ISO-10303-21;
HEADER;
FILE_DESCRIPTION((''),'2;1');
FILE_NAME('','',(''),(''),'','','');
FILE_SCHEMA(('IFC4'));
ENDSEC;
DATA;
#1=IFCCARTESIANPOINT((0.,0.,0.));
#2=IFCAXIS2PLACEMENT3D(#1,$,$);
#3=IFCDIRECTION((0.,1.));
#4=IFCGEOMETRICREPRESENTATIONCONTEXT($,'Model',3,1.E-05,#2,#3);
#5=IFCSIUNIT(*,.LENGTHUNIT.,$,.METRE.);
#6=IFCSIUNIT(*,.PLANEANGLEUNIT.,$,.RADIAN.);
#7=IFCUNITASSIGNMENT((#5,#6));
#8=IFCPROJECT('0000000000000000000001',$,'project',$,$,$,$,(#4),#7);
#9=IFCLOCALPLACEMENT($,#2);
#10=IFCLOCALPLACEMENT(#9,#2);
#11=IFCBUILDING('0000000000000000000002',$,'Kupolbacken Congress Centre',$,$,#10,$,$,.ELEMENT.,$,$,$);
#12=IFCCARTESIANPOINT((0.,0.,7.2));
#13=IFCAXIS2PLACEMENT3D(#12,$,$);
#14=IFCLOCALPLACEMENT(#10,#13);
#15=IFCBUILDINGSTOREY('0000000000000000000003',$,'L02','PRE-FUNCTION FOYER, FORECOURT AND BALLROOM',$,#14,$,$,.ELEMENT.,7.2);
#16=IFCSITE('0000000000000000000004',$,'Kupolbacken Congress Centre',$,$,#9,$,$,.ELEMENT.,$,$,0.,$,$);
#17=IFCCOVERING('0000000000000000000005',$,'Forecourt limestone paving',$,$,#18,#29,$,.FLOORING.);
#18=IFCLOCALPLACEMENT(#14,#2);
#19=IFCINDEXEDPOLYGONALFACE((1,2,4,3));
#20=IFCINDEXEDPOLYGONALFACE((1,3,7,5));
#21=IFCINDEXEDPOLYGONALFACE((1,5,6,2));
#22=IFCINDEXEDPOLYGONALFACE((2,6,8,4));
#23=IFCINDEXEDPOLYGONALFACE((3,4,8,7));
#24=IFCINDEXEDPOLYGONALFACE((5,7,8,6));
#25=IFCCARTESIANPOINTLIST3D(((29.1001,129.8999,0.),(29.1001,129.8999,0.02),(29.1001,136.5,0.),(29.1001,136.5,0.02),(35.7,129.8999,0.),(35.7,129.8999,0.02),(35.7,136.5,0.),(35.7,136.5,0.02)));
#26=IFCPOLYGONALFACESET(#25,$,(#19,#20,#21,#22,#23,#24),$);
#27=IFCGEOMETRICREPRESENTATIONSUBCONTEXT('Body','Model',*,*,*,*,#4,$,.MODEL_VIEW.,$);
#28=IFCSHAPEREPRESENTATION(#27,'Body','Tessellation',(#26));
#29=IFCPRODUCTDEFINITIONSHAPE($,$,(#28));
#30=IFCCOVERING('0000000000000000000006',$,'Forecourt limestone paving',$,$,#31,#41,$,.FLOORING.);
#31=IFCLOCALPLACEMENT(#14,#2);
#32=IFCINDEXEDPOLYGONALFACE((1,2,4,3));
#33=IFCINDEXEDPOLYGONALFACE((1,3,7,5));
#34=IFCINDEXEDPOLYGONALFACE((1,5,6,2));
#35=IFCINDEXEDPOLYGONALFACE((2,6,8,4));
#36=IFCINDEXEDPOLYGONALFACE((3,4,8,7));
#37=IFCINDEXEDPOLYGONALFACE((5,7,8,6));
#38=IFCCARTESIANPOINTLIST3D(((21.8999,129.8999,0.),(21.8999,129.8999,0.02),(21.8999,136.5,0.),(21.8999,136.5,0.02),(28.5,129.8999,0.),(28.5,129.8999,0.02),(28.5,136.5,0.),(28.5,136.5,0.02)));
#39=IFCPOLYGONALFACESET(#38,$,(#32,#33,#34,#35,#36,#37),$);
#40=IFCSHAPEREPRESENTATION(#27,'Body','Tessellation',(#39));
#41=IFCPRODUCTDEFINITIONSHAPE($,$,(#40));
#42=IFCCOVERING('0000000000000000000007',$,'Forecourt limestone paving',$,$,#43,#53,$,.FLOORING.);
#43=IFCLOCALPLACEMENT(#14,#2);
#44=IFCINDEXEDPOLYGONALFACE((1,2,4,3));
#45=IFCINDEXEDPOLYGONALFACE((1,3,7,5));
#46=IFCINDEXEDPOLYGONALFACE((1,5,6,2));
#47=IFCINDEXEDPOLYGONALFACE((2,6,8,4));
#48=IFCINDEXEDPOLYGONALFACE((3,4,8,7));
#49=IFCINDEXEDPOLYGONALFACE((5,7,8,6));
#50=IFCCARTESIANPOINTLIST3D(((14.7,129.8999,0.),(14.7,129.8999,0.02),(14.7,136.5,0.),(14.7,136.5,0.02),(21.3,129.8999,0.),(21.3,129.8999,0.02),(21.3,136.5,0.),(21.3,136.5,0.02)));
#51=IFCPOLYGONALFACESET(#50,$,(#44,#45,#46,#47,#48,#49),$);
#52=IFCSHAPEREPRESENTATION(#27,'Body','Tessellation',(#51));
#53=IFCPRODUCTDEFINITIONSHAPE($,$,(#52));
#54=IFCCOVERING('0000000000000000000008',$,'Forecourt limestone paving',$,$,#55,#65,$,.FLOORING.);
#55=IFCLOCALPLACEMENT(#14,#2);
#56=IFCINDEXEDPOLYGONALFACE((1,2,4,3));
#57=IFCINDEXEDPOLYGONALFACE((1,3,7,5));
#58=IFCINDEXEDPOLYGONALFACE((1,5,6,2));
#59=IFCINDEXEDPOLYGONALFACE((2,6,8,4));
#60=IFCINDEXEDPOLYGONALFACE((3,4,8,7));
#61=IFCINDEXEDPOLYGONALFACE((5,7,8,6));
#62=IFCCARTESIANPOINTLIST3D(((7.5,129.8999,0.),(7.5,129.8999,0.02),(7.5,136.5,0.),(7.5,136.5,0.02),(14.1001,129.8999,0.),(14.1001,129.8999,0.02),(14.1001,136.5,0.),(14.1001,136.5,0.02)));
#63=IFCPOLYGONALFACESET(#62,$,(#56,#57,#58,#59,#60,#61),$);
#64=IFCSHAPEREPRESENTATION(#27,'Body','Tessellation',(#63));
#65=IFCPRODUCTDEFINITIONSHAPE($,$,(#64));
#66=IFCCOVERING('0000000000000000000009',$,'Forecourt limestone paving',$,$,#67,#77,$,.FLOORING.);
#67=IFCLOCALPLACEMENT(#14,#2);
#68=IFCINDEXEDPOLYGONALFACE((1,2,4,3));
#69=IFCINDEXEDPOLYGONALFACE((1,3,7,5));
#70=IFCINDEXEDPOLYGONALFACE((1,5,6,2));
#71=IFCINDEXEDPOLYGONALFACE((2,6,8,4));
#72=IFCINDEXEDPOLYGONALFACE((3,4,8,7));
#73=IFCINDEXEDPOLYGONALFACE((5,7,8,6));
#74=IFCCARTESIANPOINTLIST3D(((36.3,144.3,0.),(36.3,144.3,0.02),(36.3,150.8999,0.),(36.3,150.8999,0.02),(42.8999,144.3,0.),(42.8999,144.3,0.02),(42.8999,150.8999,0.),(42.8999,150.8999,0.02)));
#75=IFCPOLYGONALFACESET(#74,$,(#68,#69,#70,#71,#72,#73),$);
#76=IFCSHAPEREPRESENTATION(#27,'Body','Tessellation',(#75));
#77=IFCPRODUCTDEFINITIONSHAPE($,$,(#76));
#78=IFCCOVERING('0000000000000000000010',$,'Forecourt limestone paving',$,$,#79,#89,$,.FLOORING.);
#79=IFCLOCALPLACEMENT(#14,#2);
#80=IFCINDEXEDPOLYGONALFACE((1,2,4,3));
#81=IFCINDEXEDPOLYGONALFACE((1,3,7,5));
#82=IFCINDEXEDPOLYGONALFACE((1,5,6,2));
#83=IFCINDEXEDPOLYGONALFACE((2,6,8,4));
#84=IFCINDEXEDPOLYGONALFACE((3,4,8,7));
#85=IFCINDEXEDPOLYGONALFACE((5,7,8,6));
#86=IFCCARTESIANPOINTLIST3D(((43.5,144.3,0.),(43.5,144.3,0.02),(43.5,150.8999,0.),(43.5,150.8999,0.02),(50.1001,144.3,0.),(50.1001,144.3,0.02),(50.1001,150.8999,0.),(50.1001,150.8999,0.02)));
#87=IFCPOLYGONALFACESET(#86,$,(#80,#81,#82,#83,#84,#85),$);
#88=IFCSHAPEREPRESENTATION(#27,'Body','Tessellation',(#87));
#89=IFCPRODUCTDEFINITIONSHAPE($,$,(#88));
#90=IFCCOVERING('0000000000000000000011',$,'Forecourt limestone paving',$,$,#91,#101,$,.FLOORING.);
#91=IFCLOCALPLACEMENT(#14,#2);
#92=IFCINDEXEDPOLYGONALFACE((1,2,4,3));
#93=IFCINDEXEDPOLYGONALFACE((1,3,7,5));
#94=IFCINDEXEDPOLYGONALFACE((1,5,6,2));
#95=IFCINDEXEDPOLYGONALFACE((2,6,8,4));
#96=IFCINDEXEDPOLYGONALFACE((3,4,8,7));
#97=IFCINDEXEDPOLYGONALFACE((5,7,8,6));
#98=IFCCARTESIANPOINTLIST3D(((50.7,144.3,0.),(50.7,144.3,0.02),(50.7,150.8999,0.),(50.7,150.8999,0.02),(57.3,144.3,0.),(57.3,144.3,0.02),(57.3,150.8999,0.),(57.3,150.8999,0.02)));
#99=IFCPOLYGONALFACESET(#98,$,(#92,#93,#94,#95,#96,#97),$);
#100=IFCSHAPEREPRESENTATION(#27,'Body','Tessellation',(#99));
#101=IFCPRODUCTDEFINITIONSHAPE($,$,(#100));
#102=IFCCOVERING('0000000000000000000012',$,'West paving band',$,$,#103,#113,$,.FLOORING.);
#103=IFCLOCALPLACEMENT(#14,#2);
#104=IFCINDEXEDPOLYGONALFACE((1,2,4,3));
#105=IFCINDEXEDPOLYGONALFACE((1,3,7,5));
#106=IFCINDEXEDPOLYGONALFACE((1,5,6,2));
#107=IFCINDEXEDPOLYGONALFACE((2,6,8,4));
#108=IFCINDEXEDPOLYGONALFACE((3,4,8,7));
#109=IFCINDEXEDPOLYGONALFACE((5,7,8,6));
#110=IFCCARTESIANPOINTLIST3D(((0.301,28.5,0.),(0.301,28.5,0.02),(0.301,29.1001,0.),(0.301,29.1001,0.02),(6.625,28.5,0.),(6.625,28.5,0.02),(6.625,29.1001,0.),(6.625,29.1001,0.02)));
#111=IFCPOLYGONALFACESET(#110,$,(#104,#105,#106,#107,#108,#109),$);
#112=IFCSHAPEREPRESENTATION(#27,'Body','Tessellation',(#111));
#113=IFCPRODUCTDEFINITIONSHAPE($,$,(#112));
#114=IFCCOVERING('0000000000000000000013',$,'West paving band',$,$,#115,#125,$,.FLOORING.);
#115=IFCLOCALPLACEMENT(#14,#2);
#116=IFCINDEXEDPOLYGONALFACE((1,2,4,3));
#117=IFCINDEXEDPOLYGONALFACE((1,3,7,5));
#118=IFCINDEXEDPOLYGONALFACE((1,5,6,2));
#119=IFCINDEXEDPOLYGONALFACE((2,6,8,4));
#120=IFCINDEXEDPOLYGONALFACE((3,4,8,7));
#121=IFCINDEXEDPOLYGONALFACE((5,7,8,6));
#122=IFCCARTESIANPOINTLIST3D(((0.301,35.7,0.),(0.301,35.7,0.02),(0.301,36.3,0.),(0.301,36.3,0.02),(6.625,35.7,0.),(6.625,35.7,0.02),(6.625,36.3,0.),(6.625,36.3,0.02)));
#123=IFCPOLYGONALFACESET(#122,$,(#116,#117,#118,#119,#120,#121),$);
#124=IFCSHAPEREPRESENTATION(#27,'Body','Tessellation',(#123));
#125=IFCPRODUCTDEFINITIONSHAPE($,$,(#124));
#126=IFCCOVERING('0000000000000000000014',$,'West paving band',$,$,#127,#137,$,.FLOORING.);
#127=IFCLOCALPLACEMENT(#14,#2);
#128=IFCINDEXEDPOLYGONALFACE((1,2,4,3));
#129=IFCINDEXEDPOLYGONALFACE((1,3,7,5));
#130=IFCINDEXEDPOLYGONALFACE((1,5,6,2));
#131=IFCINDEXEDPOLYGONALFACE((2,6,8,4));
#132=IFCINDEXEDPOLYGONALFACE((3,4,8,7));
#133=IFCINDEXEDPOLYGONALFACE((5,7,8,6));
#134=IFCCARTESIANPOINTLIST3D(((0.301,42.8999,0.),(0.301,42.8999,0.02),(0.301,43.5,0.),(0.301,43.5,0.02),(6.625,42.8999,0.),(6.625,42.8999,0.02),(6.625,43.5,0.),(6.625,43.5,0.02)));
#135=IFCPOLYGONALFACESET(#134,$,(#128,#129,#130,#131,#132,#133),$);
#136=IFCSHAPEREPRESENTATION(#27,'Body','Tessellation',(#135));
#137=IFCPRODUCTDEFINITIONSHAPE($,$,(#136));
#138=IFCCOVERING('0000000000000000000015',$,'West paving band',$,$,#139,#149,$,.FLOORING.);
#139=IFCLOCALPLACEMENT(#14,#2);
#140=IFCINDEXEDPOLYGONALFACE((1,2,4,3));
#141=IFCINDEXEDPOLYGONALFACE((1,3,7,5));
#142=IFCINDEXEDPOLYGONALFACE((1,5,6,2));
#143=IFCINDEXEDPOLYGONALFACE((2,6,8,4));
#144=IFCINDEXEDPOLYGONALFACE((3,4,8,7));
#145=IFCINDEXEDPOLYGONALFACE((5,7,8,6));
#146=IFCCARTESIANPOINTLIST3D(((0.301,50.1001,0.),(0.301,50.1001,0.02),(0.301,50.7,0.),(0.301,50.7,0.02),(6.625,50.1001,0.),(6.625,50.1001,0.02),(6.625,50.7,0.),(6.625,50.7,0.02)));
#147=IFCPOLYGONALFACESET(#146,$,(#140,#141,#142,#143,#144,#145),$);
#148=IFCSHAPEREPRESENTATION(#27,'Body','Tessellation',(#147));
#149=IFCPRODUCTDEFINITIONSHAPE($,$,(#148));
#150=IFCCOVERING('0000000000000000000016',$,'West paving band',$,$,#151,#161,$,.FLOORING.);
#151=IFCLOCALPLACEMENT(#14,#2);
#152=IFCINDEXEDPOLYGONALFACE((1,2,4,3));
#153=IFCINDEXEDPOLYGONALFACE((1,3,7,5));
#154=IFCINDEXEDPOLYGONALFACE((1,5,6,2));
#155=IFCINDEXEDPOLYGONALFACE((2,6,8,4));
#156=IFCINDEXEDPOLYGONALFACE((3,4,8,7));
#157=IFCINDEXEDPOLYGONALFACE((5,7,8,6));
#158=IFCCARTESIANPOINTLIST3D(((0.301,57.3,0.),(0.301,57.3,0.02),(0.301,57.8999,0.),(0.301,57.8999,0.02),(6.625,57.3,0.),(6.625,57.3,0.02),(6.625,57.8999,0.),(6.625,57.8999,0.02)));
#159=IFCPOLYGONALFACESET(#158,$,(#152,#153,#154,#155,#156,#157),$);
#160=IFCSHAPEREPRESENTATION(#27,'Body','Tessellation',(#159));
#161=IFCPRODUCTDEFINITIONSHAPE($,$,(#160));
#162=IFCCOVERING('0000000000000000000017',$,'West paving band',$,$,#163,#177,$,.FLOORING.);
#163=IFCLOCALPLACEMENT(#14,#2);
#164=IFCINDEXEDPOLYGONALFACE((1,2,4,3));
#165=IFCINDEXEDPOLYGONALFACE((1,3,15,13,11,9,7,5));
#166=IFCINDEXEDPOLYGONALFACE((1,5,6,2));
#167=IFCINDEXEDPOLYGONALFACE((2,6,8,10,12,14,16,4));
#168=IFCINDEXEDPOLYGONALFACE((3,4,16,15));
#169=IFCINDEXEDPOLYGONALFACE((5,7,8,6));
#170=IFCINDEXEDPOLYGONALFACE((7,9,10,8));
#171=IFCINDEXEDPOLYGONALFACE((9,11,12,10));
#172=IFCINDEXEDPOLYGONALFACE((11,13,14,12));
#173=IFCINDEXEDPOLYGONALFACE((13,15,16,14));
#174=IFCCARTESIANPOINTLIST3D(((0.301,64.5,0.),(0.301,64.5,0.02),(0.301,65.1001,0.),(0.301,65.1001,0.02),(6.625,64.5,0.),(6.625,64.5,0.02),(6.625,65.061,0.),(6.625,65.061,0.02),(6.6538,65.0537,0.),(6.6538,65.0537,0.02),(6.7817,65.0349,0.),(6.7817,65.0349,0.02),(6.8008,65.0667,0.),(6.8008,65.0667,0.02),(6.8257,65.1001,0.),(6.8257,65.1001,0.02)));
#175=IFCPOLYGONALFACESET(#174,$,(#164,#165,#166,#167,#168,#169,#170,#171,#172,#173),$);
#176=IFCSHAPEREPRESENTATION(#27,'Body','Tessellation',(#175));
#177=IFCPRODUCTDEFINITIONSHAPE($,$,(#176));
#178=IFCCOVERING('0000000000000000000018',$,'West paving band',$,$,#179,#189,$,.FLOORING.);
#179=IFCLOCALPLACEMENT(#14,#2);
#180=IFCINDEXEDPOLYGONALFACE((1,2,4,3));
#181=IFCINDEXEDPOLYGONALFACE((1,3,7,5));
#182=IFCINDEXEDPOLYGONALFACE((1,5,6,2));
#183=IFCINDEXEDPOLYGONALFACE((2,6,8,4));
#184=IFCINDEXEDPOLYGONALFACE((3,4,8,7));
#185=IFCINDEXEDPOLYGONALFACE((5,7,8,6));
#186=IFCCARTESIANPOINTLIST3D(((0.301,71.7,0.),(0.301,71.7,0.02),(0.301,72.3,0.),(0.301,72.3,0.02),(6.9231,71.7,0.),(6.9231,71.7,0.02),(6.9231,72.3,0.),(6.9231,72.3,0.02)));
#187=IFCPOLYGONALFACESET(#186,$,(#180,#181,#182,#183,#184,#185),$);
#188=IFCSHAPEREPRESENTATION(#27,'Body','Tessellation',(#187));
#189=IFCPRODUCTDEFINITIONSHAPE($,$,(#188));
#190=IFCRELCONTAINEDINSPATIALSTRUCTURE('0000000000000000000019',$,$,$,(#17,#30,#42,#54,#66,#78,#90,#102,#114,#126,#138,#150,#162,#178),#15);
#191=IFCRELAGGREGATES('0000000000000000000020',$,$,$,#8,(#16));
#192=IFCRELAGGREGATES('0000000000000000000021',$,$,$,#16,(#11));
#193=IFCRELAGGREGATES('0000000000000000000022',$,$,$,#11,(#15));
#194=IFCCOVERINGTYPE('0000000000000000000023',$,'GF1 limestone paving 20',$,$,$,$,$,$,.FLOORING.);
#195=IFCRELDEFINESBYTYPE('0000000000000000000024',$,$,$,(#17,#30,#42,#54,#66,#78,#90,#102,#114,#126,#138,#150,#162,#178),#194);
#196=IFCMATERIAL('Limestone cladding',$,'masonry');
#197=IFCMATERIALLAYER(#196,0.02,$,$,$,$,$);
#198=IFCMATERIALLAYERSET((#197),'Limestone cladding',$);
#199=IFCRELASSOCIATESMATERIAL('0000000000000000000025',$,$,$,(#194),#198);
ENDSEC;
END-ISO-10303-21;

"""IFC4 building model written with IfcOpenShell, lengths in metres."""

from ifc_helpers import new_model, si_unit, direction, frame, origin, place, context, subcontext, project, spatial, polyline, outline, extrude, material, layer, layer_set, type_object, element, save


model = new_model("IFC4")

# Units and contexts
model_context = context("Model", 3, precision=1e-05, world=origin(), true_north=direction((0.0, 1.0)))
body_context = subcontext(model_context, "Body", "Model", "MODEL_VIEW")
ifc_project = project(units=[si_unit("LENGTHUNIT", "METRE"), si_unit("PLANEANGLEUNIT", "RADIAN")], contexts=[model_context])

# Site, building, storey
site_placement = place(None, origin())
site = spatial("IfcSite", under=ifc_project, at=site_placement, Name="Kupolbacken Congress Centre", CompositionType="ELEMENT", RefElevation=0.0)
building_placement = place(site_placement, origin())
building = spatial("IfcBuilding", under=site, at=building_placement, Name="Kupolbacken Congress Centre", CompositionType="ELEMENT")
storey_placement = place(building_placement, frame((0.0, 0.0, 7.2)))
storey = spatial("IfcBuildingStorey", under=building, at=storey_placement, Name="L02", Description="PRE-FUNCTION FOYER, FORECOURT AND BALLROOM", CompositionType="ELEMENT", Elevation=7.2)

# Coverings
ifc_material_1 = material(Name="Limestone cladding", Category="masonry")
ifc_layer_1 = layer(ifc_material_1, 0.02)
ifc_layer_set_1 = layer_set([ifc_layer_1], Name="Limestone cladding")
covering_type_1 = type_object("IfcCoveringType", Name="GF1 limestone paving 20", PredefinedType="FLOORING", material=ifc_layer_set_1)
covering_1_placement = place(storey_placement, origin())
element("IfcCovering", 1, at=covering_1_placement, inside=storey, type_object=covering_type_1, Name="Forecourt limestone paving", PredefinedType="FLOORING", context=body_context, shape_type="SweptSolid", body=[
    extrude(outline(polyline([(29.1001, 136.5), (35.7, 136.5), (35.7, 129.8999), (29.1001, 129.8999), (29.1001, 136.5)])), origin(), (0.0, 0.0, 1.0), 0.02),
])
covering_2_placement = place(storey_placement, origin())
element("IfcCovering", 2, at=covering_2_placement, inside=storey, type_object=covering_type_1, Name="Forecourt limestone paving", PredefinedType="FLOORING", context=body_context, shape_type="SweptSolid", body=[
    extrude(outline(polyline([(21.8999, 129.8999), (21.8999, 136.5), (28.5, 136.5), (28.5, 129.8999), (21.8999, 129.8999)])), origin(), (0.0, 0.0, 1.0), 0.02),
])
covering_3_placement = place(storey_placement, origin())
element("IfcCovering", 3, at=covering_3_placement, inside=storey, type_object=covering_type_1, Name="Forecourt limestone paving", PredefinedType="FLOORING", context=body_context, shape_type="SweptSolid", body=[
    extrude(outline(polyline([(14.7, 129.8999), (14.7, 136.5), (21.3, 136.5), (21.3, 129.8999), (14.7, 129.8999)])), origin(), (0.0, 0.0, 1.0), 0.02),
])
covering_4_placement = place(storey_placement, origin())
element("IfcCovering", 4, at=covering_4_placement, inside=storey, type_object=covering_type_1, Name="Forecourt limestone paving", PredefinedType="FLOORING", context=body_context, shape_type="SweptSolid", body=[
    extrude(outline(polyline([(7.5, 129.8999), (7.5, 136.5), (14.1001, 136.5), (14.1001, 129.8999), (7.5, 129.8999)])), origin(), (0.0, 0.0, 1.0), 0.02),
])
covering_5_placement = place(storey_placement, origin())
element("IfcCovering", 5, at=covering_5_placement, inside=storey, type_object=covering_type_1, Name="Forecourt limestone paving", PredefinedType="FLOORING", context=body_context, shape_type="SweptSolid", body=[
    extrude(outline(polyline([(42.8999, 144.3), (36.3, 144.3), (36.3, 150.8999), (42.8999, 150.8999), (42.8999, 144.3)])), origin(), (0.0, 0.0, 1.0), 0.02),
])
covering_6_placement = place(storey_placement, origin())
element("IfcCovering", 6, at=covering_6_placement, inside=storey, type_object=covering_type_1, Name="Forecourt limestone paving", PredefinedType="FLOORING", context=body_context, shape_type="SweptSolid", body=[
    extrude(outline(polyline([(50.1001, 144.3), (43.5, 144.3), (43.5, 150.8999), (50.1001, 150.8999), (50.1001, 144.3)])), origin(), (0.0, 0.0, 1.0), 0.02),
])
covering_7_placement = place(storey_placement, origin())
element("IfcCovering", 7, at=covering_7_placement, inside=storey, type_object=covering_type_1, Name="Forecourt limestone paving", PredefinedType="FLOORING", context=body_context, shape_type="SweptSolid", body=[
    extrude(outline(polyline([(57.3, 144.3), (50.7, 144.3), (50.7, 150.8999), (57.3, 150.8999), (57.3, 144.3)])), origin(), (0.0, 0.0, 1.0), 0.02),
])
covering_8_placement = place(storey_placement, origin())
element("IfcCovering", 8, at=covering_8_placement, inside=storey, type_object=covering_type_1, Name="West paving band", PredefinedType="FLOORING", context=body_context, shape_type="SweptSolid", body=[
    extrude(outline(polyline([(0.301, 28.5), (0.301, 29.1001), (6.625, 29.1001), (6.625, 28.5), (0.301, 28.5)])), origin(), (0.0, 0.0, 1.0), 0.02),
])
covering_9_placement = place(storey_placement, origin())
element("IfcCovering", 9, at=covering_9_placement, inside=storey, type_object=covering_type_1, Name="West paving band", PredefinedType="FLOORING", context=body_context, shape_type="SweptSolid", body=[
    extrude(outline(polyline([(0.301, 35.7), (0.301, 36.3), (6.625, 36.3), (6.625, 35.7), (0.301, 35.7)])), origin(), (0.0, 0.0, 1.0), 0.02),
])
covering_10_placement = place(storey_placement, origin())
element("IfcCovering", 10, at=covering_10_placement, inside=storey, type_object=covering_type_1, Name="West paving band", PredefinedType="FLOORING", context=body_context, shape_type="SweptSolid", body=[
    extrude(outline(polyline([(0.301, 42.8999), (0.301, 43.5), (6.625, 43.5), (6.625, 42.8999), (0.301, 42.8999)])), origin(), (0.0, 0.0, 1.0), 0.02),
])
covering_11_placement = place(storey_placement, origin())
element("IfcCovering", 11, at=covering_11_placement, inside=storey, type_object=covering_type_1, Name="West paving band", PredefinedType="FLOORING", context=body_context, shape_type="SweptSolid", body=[
    extrude(outline(polyline([(0.301, 50.1001), (0.301, 50.7), (6.625, 50.7), (6.625, 50.1001), (0.301, 50.1001)])), origin(), (0.0, 0.0, 1.0), 0.02),
])
covering_12_placement = place(storey_placement, origin())
element("IfcCovering", 12, at=covering_12_placement, inside=storey, type_object=covering_type_1, Name="West paving band", PredefinedType="FLOORING", context=body_context, shape_type="SweptSolid", body=[
    extrude(outline(polyline([(0.301, 57.3), (0.301, 57.8999), (6.625, 57.8999), (6.625, 57.3), (0.301, 57.3)])), origin(), (0.0, 0.0, 1.0), 0.02),
])
covering_13_placement = place(storey_placement, origin())
element("IfcCovering", 13, at=covering_13_placement, inside=storey, type_object=covering_type_1, Name="West paving band", PredefinedType="FLOORING", context=body_context, shape_type="SweptSolid", body=[
    extrude(outline(polyline([(0.301, 64.5), (0.301, 65.1001), (6.8257, 65.1001), (6.8008, 65.0667), (6.7817, 65.0349), (6.6538, 65.0537), (6.625, 65.061), (6.625, 64.5), (0.301, 64.5)])), origin(), (0.0, 0.0, 1.0), 0.02),
])
covering_14_placement = place(storey_placement, origin())
element("IfcCovering", 14, at=covering_14_placement, inside=storey, type_object=covering_type_1, Name="West paving band", PredefinedType="FLOORING", context=body_context, shape_type="SweptSolid", body=[
    extrude(outline(polyline([(0.301, 71.7), (0.301, 72.3), (6.9231, 72.3), (6.9231, 71.7), (0.301, 71.7)])), origin(), (0.0, 0.0, 1.0), 0.02),
])

save(model, "model.ifc")
